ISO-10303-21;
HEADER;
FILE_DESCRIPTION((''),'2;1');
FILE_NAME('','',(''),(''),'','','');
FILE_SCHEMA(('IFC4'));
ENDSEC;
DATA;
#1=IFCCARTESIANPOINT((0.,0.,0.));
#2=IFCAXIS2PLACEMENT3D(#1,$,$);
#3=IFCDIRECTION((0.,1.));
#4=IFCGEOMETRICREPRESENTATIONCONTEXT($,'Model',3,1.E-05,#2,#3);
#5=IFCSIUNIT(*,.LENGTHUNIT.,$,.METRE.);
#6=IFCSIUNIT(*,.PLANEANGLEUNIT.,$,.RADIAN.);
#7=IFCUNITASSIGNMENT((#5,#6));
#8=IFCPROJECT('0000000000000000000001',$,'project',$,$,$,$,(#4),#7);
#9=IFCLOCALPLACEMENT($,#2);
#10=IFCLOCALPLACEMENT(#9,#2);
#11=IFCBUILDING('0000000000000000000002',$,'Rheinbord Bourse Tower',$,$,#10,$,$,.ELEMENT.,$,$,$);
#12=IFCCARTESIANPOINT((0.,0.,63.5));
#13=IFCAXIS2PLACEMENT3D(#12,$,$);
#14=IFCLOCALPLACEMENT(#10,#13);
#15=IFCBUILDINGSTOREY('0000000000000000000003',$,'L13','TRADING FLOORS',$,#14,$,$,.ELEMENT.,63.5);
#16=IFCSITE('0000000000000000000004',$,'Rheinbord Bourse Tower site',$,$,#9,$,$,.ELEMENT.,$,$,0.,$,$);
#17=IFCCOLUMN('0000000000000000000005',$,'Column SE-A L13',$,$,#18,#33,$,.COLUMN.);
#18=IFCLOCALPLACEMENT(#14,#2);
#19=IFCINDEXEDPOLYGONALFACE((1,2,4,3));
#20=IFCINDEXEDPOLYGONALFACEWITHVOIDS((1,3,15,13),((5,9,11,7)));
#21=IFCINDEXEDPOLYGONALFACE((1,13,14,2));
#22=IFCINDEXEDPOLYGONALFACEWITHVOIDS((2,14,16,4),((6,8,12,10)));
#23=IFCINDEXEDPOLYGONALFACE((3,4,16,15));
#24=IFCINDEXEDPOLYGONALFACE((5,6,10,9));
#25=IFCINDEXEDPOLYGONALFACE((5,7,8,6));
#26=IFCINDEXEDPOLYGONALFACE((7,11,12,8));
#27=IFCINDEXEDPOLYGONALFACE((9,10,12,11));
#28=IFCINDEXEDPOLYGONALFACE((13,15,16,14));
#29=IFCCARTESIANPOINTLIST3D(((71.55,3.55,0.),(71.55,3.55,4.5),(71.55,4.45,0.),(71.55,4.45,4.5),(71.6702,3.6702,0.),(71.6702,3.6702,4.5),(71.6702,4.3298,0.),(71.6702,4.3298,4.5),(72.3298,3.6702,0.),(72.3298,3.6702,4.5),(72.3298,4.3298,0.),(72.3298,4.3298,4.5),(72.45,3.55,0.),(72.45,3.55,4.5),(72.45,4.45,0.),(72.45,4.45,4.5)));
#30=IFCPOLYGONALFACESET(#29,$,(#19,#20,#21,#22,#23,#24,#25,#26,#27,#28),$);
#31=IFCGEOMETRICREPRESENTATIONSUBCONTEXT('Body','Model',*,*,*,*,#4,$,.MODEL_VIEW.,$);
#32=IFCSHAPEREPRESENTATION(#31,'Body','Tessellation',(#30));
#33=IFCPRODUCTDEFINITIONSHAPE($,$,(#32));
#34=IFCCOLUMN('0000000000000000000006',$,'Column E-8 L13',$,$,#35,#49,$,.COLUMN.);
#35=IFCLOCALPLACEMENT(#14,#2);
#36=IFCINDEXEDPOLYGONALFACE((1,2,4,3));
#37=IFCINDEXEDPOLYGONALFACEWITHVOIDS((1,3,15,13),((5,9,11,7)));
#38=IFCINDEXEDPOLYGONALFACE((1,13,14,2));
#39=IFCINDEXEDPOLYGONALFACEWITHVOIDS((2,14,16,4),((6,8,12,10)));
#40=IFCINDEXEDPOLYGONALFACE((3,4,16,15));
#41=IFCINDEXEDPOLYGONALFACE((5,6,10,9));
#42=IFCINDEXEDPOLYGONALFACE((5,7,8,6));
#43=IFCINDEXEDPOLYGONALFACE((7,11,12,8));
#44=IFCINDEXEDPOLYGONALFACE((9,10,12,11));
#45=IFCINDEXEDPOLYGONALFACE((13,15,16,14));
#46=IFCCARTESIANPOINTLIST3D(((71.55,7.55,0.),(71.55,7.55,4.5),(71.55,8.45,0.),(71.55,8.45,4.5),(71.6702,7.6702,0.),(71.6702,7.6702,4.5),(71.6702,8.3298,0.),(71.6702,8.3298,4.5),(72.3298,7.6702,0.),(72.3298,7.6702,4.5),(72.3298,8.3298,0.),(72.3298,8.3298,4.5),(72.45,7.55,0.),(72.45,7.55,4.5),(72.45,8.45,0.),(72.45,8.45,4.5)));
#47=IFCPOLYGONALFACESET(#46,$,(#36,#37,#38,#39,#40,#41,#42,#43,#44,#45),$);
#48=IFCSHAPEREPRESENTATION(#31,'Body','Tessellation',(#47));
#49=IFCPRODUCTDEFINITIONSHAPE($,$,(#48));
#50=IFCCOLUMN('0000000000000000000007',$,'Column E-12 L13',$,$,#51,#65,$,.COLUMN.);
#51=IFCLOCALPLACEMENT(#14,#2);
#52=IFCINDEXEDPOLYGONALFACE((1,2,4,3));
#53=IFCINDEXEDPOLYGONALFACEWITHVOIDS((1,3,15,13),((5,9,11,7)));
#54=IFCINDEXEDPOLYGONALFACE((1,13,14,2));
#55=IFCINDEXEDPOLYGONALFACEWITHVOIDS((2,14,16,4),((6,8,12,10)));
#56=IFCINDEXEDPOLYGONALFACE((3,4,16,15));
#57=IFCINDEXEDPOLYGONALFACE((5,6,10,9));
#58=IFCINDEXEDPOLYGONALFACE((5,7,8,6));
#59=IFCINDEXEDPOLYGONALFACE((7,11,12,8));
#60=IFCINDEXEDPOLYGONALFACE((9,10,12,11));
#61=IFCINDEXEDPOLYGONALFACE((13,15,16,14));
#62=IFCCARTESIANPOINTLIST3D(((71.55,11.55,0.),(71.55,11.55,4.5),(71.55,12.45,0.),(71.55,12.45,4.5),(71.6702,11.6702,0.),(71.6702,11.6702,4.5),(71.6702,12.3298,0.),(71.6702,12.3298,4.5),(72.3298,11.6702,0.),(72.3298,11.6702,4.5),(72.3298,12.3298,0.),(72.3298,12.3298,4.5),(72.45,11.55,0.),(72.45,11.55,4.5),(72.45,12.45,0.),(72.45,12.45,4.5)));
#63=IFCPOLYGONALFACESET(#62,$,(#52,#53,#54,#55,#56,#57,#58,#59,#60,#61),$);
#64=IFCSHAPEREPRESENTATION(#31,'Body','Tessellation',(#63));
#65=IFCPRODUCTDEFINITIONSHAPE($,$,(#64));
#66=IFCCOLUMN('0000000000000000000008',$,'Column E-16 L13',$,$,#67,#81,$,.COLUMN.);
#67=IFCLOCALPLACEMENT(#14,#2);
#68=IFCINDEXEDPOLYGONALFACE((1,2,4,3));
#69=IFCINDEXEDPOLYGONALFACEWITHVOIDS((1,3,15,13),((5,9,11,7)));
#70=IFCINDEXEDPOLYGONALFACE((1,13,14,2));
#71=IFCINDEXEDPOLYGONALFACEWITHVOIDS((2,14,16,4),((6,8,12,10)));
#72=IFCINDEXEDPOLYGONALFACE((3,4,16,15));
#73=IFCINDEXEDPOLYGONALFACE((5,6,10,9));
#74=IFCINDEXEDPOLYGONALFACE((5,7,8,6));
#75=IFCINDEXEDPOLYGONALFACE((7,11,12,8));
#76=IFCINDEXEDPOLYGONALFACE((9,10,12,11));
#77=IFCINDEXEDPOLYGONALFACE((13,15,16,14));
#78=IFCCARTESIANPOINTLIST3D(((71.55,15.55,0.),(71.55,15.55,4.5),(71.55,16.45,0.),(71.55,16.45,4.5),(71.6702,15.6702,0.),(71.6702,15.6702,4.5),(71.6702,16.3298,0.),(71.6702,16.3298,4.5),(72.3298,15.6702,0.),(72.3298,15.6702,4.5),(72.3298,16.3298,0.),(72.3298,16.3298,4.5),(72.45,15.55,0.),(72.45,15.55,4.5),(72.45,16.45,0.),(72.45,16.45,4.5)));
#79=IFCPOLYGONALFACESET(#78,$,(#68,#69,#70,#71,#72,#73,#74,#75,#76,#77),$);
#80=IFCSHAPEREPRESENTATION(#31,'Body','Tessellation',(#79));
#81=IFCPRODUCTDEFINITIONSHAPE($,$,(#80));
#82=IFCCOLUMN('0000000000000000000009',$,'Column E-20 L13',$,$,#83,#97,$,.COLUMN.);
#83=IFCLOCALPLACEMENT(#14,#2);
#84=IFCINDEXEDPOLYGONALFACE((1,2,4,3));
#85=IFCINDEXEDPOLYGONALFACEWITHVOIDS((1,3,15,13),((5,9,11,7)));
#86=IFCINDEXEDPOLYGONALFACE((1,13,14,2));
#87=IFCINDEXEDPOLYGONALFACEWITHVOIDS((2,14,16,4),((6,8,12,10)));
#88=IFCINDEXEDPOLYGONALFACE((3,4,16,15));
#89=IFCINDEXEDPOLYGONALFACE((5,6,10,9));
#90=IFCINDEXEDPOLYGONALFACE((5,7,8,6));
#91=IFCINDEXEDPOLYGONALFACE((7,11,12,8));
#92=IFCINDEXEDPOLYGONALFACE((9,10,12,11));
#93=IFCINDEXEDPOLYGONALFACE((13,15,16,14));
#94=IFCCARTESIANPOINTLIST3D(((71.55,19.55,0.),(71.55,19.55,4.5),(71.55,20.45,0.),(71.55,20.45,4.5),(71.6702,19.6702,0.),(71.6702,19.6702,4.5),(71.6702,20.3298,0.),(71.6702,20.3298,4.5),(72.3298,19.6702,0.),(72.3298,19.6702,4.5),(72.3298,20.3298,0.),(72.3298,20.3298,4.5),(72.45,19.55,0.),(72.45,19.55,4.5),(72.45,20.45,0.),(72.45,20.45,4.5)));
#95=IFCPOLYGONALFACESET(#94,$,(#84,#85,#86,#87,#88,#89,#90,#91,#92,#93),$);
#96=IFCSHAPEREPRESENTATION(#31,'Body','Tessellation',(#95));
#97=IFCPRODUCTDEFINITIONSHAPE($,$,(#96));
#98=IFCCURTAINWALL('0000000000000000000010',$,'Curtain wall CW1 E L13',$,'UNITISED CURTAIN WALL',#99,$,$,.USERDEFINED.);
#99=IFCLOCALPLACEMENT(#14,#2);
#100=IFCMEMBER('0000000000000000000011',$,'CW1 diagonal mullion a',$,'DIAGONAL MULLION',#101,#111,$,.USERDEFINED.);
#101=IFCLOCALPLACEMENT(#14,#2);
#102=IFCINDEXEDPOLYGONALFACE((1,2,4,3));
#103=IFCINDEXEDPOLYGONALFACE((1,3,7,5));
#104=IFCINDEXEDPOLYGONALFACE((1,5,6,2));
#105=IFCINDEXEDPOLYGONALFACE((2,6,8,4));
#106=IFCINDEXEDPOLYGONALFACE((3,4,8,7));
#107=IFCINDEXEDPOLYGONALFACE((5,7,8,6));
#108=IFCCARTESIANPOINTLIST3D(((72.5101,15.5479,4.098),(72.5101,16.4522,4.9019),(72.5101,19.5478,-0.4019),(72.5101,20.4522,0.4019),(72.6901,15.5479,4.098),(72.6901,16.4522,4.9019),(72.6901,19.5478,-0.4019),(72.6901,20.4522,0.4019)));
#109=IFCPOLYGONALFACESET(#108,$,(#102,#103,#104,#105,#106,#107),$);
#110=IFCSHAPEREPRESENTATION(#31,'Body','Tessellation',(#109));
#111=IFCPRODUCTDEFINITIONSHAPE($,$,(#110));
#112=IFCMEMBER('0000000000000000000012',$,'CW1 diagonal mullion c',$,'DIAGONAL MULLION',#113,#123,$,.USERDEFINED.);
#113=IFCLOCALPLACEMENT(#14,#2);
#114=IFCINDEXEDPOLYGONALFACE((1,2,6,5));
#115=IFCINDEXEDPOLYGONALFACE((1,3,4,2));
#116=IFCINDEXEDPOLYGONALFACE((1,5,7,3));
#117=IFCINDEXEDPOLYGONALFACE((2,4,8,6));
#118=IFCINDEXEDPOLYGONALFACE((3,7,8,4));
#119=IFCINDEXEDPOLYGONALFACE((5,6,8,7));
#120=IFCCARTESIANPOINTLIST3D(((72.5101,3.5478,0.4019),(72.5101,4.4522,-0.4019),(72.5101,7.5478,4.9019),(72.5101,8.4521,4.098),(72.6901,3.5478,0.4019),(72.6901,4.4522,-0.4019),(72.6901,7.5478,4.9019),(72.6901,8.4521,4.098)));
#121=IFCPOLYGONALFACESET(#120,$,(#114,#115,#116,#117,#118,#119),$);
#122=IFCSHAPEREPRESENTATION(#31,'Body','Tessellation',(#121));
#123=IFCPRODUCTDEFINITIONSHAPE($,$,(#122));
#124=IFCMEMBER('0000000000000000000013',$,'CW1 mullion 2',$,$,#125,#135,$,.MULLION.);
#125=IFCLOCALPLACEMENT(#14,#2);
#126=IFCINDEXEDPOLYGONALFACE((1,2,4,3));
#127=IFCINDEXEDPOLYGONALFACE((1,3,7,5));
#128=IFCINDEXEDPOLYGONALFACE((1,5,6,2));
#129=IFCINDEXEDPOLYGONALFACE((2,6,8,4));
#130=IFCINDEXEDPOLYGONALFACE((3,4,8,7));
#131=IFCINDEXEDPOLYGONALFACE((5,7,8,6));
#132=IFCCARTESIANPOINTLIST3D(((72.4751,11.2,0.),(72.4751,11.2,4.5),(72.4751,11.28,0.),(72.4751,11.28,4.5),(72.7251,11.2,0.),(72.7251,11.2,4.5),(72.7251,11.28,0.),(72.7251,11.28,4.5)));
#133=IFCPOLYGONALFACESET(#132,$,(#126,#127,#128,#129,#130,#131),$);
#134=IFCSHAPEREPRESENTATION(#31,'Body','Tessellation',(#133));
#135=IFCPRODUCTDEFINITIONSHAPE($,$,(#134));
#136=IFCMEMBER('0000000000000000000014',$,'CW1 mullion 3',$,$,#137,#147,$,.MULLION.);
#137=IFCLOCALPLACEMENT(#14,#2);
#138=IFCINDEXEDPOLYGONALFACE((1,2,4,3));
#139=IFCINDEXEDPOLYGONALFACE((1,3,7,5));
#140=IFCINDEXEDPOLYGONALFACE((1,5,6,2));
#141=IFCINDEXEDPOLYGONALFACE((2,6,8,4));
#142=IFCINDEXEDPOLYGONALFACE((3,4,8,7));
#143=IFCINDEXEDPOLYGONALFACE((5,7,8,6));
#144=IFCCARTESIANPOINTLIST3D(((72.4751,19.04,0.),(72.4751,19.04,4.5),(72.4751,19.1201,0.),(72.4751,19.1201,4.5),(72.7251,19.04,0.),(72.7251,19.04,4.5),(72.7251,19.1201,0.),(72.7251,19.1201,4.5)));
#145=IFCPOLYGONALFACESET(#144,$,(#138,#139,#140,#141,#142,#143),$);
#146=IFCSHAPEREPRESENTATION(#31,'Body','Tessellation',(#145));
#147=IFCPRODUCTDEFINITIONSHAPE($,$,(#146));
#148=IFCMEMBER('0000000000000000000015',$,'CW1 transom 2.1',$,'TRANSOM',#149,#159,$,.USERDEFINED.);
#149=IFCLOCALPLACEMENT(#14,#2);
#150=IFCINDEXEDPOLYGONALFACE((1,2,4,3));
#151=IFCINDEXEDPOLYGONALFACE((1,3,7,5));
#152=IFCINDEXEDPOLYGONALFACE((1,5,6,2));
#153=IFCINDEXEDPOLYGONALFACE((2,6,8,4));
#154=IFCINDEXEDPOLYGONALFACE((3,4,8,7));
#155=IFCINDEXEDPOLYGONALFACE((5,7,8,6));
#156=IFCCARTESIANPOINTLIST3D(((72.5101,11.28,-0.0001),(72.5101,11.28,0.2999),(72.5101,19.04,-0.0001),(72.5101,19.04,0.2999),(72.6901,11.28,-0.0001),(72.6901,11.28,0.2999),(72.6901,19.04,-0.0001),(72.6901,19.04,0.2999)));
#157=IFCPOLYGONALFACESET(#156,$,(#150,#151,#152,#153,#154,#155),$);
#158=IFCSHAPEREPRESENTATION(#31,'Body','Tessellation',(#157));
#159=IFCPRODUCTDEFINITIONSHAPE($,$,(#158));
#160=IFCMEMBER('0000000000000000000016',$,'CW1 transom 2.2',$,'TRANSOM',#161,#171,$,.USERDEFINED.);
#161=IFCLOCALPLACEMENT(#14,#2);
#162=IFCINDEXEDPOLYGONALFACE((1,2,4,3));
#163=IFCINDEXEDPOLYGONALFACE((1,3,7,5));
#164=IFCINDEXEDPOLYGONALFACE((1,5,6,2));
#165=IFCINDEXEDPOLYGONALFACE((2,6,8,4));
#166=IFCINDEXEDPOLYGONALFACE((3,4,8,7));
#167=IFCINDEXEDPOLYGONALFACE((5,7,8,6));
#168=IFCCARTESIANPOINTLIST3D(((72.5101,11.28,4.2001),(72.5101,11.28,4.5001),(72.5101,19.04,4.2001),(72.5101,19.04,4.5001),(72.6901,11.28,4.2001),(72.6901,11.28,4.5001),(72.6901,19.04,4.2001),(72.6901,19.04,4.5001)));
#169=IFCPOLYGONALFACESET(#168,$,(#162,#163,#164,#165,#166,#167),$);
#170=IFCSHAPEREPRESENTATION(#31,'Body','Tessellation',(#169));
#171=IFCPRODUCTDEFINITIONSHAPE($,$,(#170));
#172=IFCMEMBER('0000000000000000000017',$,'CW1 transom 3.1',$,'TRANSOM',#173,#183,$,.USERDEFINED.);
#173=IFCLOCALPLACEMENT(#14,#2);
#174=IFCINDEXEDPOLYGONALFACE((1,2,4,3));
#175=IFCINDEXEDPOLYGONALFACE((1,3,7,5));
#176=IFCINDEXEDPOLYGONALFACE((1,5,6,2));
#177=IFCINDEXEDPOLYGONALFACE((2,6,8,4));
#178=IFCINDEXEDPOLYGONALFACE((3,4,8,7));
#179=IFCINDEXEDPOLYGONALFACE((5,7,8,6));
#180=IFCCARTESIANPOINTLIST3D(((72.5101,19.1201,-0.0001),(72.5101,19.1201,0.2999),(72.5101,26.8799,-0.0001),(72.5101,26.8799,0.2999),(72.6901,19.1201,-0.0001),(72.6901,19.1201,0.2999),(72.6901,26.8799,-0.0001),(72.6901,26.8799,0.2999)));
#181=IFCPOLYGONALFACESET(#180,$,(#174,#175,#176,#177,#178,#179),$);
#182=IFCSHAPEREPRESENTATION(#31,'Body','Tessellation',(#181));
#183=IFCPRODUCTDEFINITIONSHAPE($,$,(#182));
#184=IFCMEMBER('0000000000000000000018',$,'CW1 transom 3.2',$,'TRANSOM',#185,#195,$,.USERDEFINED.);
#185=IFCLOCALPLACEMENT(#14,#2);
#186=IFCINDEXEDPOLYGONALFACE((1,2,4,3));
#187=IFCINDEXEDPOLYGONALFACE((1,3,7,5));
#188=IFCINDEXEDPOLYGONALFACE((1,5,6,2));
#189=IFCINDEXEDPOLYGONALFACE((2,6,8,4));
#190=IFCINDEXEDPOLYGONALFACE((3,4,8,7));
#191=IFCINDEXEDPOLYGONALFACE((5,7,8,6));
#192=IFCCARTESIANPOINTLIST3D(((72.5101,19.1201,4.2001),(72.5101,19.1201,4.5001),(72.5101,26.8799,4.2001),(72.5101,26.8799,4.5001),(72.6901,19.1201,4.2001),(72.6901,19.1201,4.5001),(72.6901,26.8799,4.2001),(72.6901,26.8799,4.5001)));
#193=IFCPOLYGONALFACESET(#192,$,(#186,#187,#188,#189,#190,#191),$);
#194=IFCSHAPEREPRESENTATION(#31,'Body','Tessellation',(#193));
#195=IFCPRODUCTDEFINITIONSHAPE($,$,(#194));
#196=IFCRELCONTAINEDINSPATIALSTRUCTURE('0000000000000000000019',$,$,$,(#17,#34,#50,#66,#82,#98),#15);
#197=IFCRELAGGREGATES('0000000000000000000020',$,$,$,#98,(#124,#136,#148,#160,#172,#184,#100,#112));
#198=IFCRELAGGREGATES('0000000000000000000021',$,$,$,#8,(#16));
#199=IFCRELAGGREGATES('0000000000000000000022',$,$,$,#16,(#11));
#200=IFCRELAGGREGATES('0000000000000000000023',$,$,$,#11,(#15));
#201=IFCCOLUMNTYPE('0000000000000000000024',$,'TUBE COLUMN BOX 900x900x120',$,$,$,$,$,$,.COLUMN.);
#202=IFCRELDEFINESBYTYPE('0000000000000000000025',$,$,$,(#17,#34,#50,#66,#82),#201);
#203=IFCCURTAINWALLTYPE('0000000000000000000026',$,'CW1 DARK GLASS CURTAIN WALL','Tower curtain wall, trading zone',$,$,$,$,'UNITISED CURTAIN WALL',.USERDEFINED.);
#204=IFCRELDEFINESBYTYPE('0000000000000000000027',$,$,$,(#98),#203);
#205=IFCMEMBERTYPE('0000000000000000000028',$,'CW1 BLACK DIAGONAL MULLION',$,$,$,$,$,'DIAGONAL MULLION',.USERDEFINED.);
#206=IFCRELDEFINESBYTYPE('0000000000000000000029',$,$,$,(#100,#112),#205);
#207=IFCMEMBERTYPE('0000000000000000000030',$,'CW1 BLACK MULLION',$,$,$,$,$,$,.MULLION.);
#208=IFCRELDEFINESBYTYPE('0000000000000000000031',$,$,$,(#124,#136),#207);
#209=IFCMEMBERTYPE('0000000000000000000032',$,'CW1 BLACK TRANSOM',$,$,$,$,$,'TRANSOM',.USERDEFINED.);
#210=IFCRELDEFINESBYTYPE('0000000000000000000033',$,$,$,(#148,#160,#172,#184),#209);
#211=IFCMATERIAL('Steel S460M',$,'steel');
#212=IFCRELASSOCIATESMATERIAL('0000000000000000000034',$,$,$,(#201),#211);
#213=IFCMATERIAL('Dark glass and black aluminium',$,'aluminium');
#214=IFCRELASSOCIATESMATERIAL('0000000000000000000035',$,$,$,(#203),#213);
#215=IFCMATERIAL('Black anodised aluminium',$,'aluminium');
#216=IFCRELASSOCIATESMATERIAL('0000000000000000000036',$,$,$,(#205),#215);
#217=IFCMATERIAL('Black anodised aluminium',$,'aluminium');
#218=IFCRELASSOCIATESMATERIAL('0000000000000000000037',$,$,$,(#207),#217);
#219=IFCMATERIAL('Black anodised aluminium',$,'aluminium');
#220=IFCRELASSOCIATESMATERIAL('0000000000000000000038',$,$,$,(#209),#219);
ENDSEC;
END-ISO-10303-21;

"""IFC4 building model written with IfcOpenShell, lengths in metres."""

from ifc_helpers import new_model, si_unit, direction, frame, origin, origin_2d, place, context, subcontext, project, spatial, rectangle, hollow_rectangle, extrude, material, material_profile, profile_set, type_object, element, aggregate, save


model = new_model("IFC4")

# Units and contexts
model_context = context("Model", 3, precision=1e-05, world=origin(), true_north=direction((0.0, 1.0)))
body_context = subcontext(model_context, "Body", "Model", "MODEL_VIEW")
ifc_project = project(units=[si_unit("LENGTHUNIT", "METRE"), si_unit("PLANEANGLEUNIT", "RADIAN")], contexts=[model_context])

# Site, building, storey
site_placement = place(None, origin())
site = spatial("IfcSite", under=ifc_project, at=site_placement, Name="Rheinbord Bourse Tower site", CompositionType="ELEMENT", RefElevation=0.0)
building_placement = place(site_placement, origin())
building = spatial("IfcBuilding", under=site, at=building_placement, Name="Rheinbord Bourse Tower", CompositionType="ELEMENT")
storey_placement = place(building_placement, frame((0.0, 0.0, 63.5)))
storey = spatial("IfcBuildingStorey", under=building, at=storey_placement, Name="L13", Description="TRADING FLOORS", CompositionType="ELEMENT", Elevation=63.5)

# Columns
ifc_material_1 = material(Name="Steel S460M", Category="steel")
ifc_material_profile_1 = material_profile(ifc_material_1, hollow_rectangle(XDim=0.8999, YDim=0.8999, WallThickness=0.1201, at=origin_2d()), Name="BOX 900x900x120")
ifc_profile_set_1 = profile_set([ifc_material_profile_1], Name="Steel S460M")
column_type = type_object("IfcColumnType", Name="TUBE COLUMN BOX 900x900x120", PredefinedType="COLUMN", material=ifc_profile_set_1)
for number, where, z_axis, x_axis, name in (
    (1, (72.0, 4.0, 0.0), (0.0, 0.0, 1.0), (1.0, 0.0, 0.0), "Column SE-A L13"),
    (2, (72.0, 8.0, 0.0), (0.0, 0.0, 1.0), (1.0, 0.0, 0.0), "Column E-8 L13"),
    (3, (72.0, 12.0, 0.0), (0.0, 0.0, 1.0), (1.0, 0.0, 0.0), "Column E-12 L13"),
    (4, (72.0, 16.0, 0.0), (0.0, 0.0, 1.0), (1.0, 0.0, 0.0), "Column E-16 L13"),
    (5, (72.0, 20.0, 0.0), (0.0, 0.0, 1.0), (1.0, 0.0, 0.0), "Column E-20 L13"),
):
    element("IfcColumn", number, at=place(storey_placement, frame(where, z_axis=z_axis, x_axis=x_axis)), inside=storey, type_object=column_type, Name=name, PredefinedType="COLUMN", context=body_context, shape_type="SweptSolid", body=[
        extrude(hollow_rectangle(XDim=0.8999, YDim=0.8999, WallThickness=0.1201, at=origin_2d()), origin(), (0.0, 0.0, 1.0), 4.5),
    ])

# Curtain wall, members
ifc_material_2 = material(Name="Dark glass and black aluminium", Category="aluminium")
curtain_wall_type = type_object("IfcCurtainWallType", Name="CW1 DARK GLASS CURTAIN WALL", Description="Tower curtain wall, trading zone", ElementType="UNITISED CURTAIN WALL", PredefinedType="USERDEFINED", material=ifc_material_2)
curtain_wall_placement = place(storey_placement, origin())
curtain_wall = element("IfcCurtainWall", 6, at=curtain_wall_placement, inside=storey, type_object=curtain_wall_type, Name="Curtain wall CW1 E L13", ObjectType="UNITISED CURTAIN WALL", PredefinedType="USERDEFINED")
ifc_material_3 = material(Name="Black anodised aluminium", Category="aluminium")
ifc_material_profile_2 = material_profile(ifc_material_3, rectangle(XDim=0.1799, YDim=1.21, at=origin_2d()), Name="CW1 DIAGONAL MULLION 1210x180")
ifc_profile_set_2 = profile_set([ifc_material_profile_2], Name="Black anodised aluminium")
member_type_1 = type_object("IfcMemberType", Name="CW1 BLACK DIAGONAL MULLION", ElementType="DIAGONAL MULLION", PredefinedType="USERDEFINED", material=ifc_profile_set_2)
member_1_placement = place(storey_placement, frame((72.6001, 20.0, 0.0), z_axis=(0.0, -0.664364, 0.747409), x_axis=(1.0, 0.0, 0.0)))
member_1 = element("IfcMember", 7, at=member_1_placement, type_object=member_type_1, Name="CW1 diagonal mullion a", ObjectType="DIAGONAL MULLION", PredefinedType="USERDEFINED", context=body_context, shape_type="SweptSolid", body=[
    extrude(rectangle(XDim=0.1799, YDim=1.21, at=origin_2d()), origin(), (0.0, 0.0, 1.0), 6.0208),
])
member_2_placement = place(storey_placement, frame((72.6001, 4.0, 0.0), z_axis=(0.0, 0.664364, 0.747409), x_axis=(-1.0, 0.0, 0.0)))
member_2 = element("IfcMember", 8, at=member_2_placement, type_object=member_type_1, Name="CW1 diagonal mullion c", ObjectType="DIAGONAL MULLION", PredefinedType="USERDEFINED", context=body_context, shape_type="SweptSolid", body=[
    extrude(rectangle(XDim=0.1799, YDim=1.21, at=origin_2d()), origin(), (0.0, 0.0, 1.0), 6.0208),
])
ifc_material_4 = material(Name="Black anodised aluminium", Category="aluminium")
ifc_material_profile_3 = material_profile(ifc_material_4, rectangle(XDim=0.25, YDim=0.0801, at=origin_2d()), Name="CW1 MULLION 80x250")
ifc_profile_set_3 = profile_set([ifc_material_profile_3], Name="Black anodised aluminium")
member_type_2 = type_object("IfcMemberType", Name="CW1 BLACK MULLION", PredefinedType="MULLION", material=ifc_profile_set_3)
member_3_placement = place(storey_placement, frame((72.6001, 11.24, 0.0), z_axis=(0.0, 0.0, 1.0), x_axis=(-1.0, 0.0, 0.0)))
member_3 = element("IfcMember", 9, at=member_3_placement, type_object=member_type_2, Name="CW1 mullion 2", PredefinedType="MULLION", context=body_context, shape_type="SweptSolid", body=[
    extrude(rectangle(XDim=0.25, YDim=0.0801, at=origin_2d()), origin(), (0.0, 0.0, 1.0), 4.5),
])
member_4_placement = place(storey_placement, frame((72.6001, 19.0801, 0.0), z_axis=(0.0, 0.0, 1.0), x_axis=(-1.0, 0.0, 0.0)))
member_4 = element("IfcMember", 10, at=member_4_placement, type_object=member_type_2, Name="CW1 mullion 3", PredefinedType="MULLION", context=body_context, shape_type="SweptSolid", body=[
    extrude(rectangle(XDim=0.25, YDim=0.0801, at=origin_2d()), origin(), (0.0, 0.0, 1.0), 4.5),
])
ifc_material_5 = material(Name="Black anodised aluminium", Category="aluminium")
ifc_material_profile_4 = material_profile(ifc_material_5, rectangle(XDim=0.1799, YDim=0.3, at=origin_2d()), Name="CW1 TRANSOM 300x180")
ifc_profile_set_4 = profile_set([ifc_material_profile_4], Name="Black anodised aluminium")
member_type_3 = type_object("IfcMemberType", Name="CW1 BLACK TRANSOM", ElementType="TRANSOM", PredefinedType="USERDEFINED", material=ifc_profile_set_4)
member_5_placement = place(storey_placement, frame((72.6001, 11.28, 0.1499), z_axis=(0.0, 1.0, 0.0), x_axis=(-1.0, 0.0, 0.0)))
member_5 = element("IfcMember", 11, at=member_5_placement, type_object=member_type_3, Name="CW1 transom 2.1", ObjectType="TRANSOM", PredefinedType="USERDEFINED", context=body_context, shape_type="SweptSolid", body=[
    extrude(rectangle(XDim=0.1799, YDim=0.3, at=origin_2d()), origin(), (0.0, 0.0, 1.0), 7.76),
])
member_6_placement = place(storey_placement, frame((72.6001, 11.28, 4.3501), z_axis=(0.0, 1.0, 0.0), x_axis=(-1.0, 0.0, 0.0)))
member_6 = element("IfcMember", 12, at=member_6_placement, type_object=member_type_3, Name="CW1 transom 2.2", ObjectType="TRANSOM", PredefinedType="USERDEFINED", context=body_context, shape_type="SweptSolid", body=[
    extrude(rectangle(XDim=0.1799, YDim=0.3, at=origin_2d()), origin(), (0.0, 0.0, 1.0), 7.76),
])
member_7_placement = place(storey_placement, frame((72.6001, 19.1201, 0.1499), z_axis=(0.0, 1.0, 0.0), x_axis=(-1.0, 0.0, 0.0)))
member_7 = element("IfcMember", 13, at=member_7_placement, type_object=member_type_3, Name="CW1 transom 3.1", ObjectType="TRANSOM", PredefinedType="USERDEFINED", context=body_context, shape_type="SweptSolid", body=[
    extrude(rectangle(XDim=0.1799, YDim=0.3, at=origin_2d()), origin(), (0.0, 0.0, 1.0), 7.7598),
])
member_8_placement = place(storey_placement, frame((72.6001, 19.1201, 4.3501), z_axis=(0.0, 1.0, 0.0), x_axis=(-1.0, 0.0, 0.0)))
member_8 = element("IfcMember", 14, at=member_8_placement, type_object=member_type_3, Name="CW1 transom 3.2", ObjectType="TRANSOM", PredefinedType="USERDEFINED", context=body_context, shape_type="SweptSolid", body=[
    extrude(rectangle(XDim=0.1799, YDim=0.3, at=origin_2d()), origin(), (0.0, 0.0, 1.0), 7.7598),
])

aggregate(curtain_wall, [member_3, member_4, member_5, member_6, member_7, member_8, member_1, member_2])

save(model, "model.ifc")
